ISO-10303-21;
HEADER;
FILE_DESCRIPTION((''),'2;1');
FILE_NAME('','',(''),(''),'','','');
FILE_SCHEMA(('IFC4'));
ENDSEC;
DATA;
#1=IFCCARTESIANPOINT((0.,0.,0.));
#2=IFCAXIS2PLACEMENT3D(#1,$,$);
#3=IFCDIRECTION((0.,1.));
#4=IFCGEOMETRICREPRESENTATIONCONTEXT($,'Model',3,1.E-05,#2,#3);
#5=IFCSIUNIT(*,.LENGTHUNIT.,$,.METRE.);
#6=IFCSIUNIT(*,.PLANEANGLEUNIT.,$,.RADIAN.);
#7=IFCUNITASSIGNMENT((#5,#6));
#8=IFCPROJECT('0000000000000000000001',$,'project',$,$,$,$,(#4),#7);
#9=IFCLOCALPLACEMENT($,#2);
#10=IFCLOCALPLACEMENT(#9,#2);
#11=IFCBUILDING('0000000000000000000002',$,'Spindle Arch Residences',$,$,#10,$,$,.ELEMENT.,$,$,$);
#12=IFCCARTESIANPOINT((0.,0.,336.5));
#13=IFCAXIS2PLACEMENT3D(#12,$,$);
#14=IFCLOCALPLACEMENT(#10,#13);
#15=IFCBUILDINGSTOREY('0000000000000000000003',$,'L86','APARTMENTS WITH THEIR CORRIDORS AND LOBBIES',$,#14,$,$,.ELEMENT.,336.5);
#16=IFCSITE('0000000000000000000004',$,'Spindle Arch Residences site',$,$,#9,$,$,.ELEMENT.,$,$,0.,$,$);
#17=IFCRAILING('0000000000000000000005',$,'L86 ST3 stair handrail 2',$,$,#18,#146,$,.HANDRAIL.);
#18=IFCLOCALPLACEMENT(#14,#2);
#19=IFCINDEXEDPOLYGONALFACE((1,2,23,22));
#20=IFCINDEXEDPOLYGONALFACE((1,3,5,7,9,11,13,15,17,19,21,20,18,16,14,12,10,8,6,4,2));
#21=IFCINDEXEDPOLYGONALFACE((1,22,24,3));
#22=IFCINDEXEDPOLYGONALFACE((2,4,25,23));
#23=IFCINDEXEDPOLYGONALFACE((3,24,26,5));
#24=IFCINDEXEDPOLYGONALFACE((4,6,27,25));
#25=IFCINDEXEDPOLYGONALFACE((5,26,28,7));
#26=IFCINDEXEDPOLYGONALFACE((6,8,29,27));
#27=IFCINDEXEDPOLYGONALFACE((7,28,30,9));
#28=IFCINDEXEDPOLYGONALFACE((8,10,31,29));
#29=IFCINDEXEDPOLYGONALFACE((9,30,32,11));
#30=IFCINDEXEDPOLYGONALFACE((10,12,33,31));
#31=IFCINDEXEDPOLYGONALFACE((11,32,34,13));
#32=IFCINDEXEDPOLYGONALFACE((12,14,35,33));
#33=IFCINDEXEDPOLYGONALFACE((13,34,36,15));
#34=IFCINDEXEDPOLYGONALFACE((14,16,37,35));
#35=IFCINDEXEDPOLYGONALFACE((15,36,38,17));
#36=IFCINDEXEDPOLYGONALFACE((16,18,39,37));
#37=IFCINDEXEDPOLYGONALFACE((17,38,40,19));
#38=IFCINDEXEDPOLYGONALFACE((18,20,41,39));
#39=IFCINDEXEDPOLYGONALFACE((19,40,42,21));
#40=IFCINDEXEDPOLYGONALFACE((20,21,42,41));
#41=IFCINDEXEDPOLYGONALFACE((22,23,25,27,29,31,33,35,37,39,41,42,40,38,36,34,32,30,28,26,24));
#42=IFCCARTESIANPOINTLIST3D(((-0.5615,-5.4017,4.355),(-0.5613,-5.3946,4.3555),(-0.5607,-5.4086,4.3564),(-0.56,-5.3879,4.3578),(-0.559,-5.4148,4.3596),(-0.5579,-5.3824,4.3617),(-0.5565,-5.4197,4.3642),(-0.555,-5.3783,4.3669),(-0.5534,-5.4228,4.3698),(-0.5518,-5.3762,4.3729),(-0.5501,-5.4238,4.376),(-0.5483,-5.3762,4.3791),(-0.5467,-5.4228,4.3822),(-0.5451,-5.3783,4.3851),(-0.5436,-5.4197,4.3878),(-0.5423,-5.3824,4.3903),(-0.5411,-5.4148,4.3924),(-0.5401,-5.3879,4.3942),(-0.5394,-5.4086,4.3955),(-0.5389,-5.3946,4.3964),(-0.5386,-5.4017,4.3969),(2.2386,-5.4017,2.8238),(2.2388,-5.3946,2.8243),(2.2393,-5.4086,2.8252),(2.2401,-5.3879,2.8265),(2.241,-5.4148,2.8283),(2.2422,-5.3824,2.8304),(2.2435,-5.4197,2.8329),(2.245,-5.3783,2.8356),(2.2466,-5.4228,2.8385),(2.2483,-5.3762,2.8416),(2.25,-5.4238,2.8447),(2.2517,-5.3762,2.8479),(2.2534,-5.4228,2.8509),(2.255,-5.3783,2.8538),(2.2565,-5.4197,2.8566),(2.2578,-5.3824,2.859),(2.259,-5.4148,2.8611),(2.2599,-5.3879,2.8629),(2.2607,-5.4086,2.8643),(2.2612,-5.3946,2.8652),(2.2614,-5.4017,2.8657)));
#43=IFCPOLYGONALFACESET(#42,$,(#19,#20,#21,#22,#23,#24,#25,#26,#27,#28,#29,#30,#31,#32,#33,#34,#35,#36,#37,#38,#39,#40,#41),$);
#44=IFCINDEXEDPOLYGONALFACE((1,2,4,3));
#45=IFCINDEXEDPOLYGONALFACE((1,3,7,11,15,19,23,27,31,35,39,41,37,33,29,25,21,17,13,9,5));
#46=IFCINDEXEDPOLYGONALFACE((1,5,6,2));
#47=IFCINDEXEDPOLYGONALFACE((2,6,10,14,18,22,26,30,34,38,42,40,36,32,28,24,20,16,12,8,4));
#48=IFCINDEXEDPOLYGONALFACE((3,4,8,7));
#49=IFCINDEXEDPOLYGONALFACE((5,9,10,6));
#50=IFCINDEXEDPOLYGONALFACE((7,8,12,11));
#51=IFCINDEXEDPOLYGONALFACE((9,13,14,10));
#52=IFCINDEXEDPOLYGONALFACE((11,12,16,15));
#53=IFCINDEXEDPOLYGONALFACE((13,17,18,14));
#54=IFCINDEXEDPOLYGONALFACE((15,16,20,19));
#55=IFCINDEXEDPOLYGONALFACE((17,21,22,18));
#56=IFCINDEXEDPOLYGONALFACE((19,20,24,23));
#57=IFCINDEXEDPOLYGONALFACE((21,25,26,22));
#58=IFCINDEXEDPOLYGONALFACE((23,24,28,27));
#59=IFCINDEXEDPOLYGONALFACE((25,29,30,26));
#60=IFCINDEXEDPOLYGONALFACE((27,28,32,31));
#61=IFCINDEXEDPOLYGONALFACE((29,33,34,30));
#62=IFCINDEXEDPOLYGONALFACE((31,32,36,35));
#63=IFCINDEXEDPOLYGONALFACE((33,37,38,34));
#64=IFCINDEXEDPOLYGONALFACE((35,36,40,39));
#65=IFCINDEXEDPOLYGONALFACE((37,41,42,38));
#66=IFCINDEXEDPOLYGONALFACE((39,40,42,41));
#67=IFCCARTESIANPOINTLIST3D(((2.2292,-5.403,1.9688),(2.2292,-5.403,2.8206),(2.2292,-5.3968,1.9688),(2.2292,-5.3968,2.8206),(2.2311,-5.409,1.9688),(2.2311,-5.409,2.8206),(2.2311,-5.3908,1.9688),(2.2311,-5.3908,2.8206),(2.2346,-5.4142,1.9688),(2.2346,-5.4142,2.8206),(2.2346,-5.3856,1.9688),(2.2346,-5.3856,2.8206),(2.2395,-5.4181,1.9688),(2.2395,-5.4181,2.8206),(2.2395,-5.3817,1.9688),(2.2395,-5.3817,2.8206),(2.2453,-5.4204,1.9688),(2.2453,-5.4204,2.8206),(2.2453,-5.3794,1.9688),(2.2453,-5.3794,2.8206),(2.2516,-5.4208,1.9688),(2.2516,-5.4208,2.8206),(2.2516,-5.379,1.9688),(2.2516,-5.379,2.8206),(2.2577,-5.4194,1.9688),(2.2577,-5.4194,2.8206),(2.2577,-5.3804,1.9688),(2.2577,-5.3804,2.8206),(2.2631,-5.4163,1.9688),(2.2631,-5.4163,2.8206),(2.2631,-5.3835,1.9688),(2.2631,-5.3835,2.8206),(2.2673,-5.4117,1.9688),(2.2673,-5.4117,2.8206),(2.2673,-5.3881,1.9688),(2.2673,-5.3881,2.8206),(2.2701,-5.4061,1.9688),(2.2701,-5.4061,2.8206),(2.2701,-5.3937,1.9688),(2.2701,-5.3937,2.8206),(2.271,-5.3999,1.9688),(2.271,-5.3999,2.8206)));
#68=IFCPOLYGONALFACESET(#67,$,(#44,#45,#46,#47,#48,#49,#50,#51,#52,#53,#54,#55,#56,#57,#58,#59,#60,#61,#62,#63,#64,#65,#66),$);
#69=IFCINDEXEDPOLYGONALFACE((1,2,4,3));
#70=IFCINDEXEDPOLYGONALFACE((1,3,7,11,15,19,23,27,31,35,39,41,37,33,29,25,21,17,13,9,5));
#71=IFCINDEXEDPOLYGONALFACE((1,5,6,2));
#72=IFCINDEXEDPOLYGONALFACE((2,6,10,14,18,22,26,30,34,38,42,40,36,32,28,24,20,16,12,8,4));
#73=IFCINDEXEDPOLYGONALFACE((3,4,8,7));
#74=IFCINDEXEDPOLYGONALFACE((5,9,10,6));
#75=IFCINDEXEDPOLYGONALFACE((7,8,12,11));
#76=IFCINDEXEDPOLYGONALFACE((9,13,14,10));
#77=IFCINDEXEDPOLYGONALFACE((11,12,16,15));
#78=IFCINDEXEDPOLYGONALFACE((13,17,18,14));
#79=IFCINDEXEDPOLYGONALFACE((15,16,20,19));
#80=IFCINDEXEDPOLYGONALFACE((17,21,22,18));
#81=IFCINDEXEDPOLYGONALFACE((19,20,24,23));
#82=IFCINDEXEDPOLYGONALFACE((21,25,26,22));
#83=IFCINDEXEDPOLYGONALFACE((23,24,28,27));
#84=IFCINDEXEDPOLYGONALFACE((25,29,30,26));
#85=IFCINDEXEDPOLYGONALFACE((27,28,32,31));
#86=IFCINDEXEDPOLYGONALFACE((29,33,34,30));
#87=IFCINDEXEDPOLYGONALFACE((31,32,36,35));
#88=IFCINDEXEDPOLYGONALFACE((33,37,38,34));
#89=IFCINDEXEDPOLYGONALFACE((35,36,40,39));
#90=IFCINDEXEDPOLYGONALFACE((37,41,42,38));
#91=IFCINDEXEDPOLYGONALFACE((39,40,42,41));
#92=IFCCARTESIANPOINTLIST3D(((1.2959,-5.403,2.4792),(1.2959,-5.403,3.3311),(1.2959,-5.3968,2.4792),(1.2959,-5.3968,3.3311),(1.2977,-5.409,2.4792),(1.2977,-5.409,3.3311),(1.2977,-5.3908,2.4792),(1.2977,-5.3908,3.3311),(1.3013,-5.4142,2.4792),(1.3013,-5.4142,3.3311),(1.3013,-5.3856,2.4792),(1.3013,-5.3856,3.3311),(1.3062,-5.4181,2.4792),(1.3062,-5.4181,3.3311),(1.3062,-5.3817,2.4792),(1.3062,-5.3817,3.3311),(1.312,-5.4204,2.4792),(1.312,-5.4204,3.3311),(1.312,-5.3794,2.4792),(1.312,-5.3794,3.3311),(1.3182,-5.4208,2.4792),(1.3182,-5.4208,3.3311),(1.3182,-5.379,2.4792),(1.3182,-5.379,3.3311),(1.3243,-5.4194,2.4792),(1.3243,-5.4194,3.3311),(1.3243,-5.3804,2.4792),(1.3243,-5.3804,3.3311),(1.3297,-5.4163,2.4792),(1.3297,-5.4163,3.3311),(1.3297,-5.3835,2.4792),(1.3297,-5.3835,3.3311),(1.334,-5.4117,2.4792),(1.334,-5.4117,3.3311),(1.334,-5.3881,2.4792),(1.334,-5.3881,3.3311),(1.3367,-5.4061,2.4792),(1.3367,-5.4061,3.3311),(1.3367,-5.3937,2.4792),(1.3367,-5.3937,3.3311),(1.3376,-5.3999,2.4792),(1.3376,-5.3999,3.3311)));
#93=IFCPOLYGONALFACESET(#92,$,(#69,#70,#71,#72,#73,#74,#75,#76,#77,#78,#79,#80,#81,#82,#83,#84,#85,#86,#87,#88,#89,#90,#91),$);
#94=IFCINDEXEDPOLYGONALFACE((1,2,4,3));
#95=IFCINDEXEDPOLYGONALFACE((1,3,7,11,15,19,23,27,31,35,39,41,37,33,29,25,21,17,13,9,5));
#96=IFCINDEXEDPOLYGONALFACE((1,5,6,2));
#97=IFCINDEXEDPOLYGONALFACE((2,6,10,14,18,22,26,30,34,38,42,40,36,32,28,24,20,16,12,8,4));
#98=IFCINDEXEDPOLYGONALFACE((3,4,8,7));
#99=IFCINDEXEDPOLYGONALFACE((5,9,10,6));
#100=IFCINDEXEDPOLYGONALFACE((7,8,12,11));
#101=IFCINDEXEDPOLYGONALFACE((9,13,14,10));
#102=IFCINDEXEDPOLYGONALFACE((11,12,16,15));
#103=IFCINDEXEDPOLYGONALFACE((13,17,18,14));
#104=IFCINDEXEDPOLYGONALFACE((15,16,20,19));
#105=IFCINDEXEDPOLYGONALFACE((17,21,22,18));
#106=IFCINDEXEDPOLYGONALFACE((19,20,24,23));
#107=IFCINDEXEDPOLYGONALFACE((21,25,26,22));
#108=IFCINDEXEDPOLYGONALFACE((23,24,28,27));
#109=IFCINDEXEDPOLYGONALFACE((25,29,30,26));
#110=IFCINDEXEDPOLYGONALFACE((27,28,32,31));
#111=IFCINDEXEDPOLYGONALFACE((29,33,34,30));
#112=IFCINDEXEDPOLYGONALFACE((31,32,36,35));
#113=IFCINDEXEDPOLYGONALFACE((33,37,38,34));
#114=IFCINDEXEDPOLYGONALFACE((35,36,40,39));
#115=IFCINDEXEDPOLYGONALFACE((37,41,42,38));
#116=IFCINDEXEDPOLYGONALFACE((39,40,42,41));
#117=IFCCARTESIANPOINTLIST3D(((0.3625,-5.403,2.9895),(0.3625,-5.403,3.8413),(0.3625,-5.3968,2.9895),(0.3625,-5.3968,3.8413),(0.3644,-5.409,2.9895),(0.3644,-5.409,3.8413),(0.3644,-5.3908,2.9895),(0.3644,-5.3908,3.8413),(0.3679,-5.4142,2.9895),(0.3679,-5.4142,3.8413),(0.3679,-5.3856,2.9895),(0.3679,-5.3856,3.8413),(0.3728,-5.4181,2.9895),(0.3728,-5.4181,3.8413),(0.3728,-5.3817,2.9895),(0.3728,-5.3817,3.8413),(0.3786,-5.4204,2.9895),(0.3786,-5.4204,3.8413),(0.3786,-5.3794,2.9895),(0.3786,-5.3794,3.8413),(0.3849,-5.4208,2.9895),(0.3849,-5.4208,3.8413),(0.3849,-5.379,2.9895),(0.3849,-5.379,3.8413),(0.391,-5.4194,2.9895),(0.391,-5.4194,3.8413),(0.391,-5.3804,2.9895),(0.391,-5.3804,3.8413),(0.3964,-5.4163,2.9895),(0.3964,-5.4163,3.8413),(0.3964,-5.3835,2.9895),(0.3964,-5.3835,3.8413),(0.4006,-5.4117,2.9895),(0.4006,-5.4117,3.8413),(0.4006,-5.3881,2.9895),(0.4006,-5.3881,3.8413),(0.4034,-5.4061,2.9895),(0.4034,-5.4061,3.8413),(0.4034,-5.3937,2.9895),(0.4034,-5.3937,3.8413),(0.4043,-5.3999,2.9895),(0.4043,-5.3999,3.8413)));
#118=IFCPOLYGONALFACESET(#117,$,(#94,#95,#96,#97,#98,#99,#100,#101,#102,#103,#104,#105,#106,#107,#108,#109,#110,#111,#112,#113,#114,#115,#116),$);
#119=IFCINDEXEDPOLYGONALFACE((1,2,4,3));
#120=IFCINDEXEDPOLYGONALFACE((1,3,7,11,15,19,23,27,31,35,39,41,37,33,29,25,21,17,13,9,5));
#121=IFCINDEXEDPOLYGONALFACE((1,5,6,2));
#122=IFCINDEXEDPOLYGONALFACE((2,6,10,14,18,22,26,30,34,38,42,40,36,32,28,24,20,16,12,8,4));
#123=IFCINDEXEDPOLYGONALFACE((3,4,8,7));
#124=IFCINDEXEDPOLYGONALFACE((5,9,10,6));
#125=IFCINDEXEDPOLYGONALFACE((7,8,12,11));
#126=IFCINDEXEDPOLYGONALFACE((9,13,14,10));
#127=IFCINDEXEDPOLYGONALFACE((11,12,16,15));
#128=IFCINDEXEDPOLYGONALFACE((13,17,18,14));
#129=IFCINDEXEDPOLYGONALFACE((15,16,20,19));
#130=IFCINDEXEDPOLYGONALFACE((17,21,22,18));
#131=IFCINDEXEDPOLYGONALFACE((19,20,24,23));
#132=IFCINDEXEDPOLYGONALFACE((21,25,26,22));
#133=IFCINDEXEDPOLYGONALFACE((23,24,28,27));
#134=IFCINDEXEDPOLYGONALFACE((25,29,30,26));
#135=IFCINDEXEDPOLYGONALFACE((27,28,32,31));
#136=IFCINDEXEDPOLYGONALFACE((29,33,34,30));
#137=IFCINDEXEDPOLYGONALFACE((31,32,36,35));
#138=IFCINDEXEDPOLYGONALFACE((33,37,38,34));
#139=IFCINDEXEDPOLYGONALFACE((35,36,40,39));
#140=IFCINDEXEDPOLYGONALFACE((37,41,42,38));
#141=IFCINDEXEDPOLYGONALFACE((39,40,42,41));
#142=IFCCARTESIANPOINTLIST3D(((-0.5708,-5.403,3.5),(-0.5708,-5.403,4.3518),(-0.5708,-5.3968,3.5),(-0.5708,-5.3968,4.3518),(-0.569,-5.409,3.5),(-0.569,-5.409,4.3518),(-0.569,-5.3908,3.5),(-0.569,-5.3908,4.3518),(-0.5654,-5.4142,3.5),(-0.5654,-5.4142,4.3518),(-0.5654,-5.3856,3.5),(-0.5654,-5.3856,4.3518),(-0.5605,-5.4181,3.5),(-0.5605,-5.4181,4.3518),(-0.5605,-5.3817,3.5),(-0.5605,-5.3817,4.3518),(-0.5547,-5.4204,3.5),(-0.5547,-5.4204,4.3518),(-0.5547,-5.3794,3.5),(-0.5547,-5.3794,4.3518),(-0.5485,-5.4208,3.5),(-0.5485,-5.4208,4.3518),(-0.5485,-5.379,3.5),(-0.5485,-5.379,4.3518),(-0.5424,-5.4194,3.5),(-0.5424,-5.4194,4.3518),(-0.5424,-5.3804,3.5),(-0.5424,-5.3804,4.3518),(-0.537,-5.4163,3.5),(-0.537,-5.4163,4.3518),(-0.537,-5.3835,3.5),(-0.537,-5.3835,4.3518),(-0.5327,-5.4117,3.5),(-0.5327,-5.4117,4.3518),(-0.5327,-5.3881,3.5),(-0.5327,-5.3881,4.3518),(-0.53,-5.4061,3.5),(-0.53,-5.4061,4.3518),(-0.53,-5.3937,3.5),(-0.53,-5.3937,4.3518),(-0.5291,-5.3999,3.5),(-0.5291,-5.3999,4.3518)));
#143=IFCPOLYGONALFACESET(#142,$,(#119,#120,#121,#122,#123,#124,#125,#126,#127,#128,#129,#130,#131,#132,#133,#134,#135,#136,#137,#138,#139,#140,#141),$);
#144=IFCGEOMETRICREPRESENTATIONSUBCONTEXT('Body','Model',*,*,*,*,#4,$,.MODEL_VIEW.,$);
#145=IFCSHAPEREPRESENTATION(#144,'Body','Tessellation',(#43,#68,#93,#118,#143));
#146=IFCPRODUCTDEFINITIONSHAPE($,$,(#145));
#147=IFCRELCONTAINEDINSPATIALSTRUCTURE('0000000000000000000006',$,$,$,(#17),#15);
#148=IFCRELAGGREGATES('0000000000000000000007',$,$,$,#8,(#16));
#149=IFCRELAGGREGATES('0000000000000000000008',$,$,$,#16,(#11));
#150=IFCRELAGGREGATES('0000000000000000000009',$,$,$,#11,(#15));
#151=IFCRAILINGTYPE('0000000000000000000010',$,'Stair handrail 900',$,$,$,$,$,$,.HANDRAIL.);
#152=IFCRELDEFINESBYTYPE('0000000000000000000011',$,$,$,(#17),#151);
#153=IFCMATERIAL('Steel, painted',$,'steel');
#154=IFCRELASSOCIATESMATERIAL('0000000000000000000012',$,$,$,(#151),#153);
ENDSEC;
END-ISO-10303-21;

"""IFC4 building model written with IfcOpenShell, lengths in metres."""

from ifc_helpers import new_model, si_unit, direction, frame, origin, origin_2d, place, context, subcontext, project, spatial, circle, extrude, material, type_object, element, save


model = new_model("IFC4")

# Units and contexts
model_context = context("Model", 3, precision=1e-05, world=origin(), true_north=direction((0.0, 1.0)))
body_context = subcontext(model_context, "Body", "Model", "MODEL_VIEW")
ifc_project = project(units=[si_unit("LENGTHUNIT", "METRE"), si_unit("PLANEANGLEUNIT", "RADIAN")], contexts=[model_context])

# Site, building, storey
site_placement = place(None, origin())
site = spatial("IfcSite", under=ifc_project, at=site_placement, Name="Spindle Arch Residences site", CompositionType="ELEMENT", RefElevation=0.0)
building_placement = place(site_placement, origin())
building = spatial("IfcBuilding", under=site, at=building_placement, Name="Spindle Arch Residences", CompositionType="ELEMENT")
storey_placement = place(building_placement, frame((0.0, 0.0, 336.5)))
storey = spatial("IfcBuildingStorey", under=building, at=storey_placement, Name="L86", Description="APARTMENTS WITH THEIR CORRIDORS AND LOBBIES", CompositionType="ELEMENT", Elevation=336.5)

# Railing
ifc_material_1 = material(Name="Steel, painted", Category="steel")
railing_type = type_object("IfcRailingType", Name="Stair handrail 900", PredefinedType="HANDRAIL", material=ifc_material_1)
railing_placement = place(storey_placement, frame((2.25, -5.3999, 1.9688)))
element("IfcRailing", 1, at=railing_placement, inside=storey, type_object=railing_type, Name="L86 ST3 stair handrail 2", PredefinedType="HANDRAIL", context=body_context, shape_type="SweptSolid", body=[
    extrude(circle(Radius=0.0239, at=origin_2d()), frame((0.0, 0.0, 0.876), z_axis=(-0.877375, 0.0, 0.479806), x_axis=(0.0, -1.0, 0.0)), (0.0, 0.0, 1.0), 3.1914),
    extrude(circle(Radius=0.021, at=origin_2d()), origin(), (0.0, 0.0, 1.0), 0.8518),
    extrude(circle(Radius=0.021, at=origin_2d()), frame((-0.9333, 0.0, 0.5105)), (0.0, 0.0, 1.0), 0.8518),
    extrude(circle(Radius=0.021, at=origin_2d()), frame((-1.8667, 0.0, 1.0208)), (0.0, 0.0, 1.0), 0.8518),
    extrude(circle(Radius=0.021, at=origin_2d()), frame((-2.8, 0.0, 1.5312)), (0.0, 0.0, 1.0), 0.8518),
])

save(model, "model.ifc")
